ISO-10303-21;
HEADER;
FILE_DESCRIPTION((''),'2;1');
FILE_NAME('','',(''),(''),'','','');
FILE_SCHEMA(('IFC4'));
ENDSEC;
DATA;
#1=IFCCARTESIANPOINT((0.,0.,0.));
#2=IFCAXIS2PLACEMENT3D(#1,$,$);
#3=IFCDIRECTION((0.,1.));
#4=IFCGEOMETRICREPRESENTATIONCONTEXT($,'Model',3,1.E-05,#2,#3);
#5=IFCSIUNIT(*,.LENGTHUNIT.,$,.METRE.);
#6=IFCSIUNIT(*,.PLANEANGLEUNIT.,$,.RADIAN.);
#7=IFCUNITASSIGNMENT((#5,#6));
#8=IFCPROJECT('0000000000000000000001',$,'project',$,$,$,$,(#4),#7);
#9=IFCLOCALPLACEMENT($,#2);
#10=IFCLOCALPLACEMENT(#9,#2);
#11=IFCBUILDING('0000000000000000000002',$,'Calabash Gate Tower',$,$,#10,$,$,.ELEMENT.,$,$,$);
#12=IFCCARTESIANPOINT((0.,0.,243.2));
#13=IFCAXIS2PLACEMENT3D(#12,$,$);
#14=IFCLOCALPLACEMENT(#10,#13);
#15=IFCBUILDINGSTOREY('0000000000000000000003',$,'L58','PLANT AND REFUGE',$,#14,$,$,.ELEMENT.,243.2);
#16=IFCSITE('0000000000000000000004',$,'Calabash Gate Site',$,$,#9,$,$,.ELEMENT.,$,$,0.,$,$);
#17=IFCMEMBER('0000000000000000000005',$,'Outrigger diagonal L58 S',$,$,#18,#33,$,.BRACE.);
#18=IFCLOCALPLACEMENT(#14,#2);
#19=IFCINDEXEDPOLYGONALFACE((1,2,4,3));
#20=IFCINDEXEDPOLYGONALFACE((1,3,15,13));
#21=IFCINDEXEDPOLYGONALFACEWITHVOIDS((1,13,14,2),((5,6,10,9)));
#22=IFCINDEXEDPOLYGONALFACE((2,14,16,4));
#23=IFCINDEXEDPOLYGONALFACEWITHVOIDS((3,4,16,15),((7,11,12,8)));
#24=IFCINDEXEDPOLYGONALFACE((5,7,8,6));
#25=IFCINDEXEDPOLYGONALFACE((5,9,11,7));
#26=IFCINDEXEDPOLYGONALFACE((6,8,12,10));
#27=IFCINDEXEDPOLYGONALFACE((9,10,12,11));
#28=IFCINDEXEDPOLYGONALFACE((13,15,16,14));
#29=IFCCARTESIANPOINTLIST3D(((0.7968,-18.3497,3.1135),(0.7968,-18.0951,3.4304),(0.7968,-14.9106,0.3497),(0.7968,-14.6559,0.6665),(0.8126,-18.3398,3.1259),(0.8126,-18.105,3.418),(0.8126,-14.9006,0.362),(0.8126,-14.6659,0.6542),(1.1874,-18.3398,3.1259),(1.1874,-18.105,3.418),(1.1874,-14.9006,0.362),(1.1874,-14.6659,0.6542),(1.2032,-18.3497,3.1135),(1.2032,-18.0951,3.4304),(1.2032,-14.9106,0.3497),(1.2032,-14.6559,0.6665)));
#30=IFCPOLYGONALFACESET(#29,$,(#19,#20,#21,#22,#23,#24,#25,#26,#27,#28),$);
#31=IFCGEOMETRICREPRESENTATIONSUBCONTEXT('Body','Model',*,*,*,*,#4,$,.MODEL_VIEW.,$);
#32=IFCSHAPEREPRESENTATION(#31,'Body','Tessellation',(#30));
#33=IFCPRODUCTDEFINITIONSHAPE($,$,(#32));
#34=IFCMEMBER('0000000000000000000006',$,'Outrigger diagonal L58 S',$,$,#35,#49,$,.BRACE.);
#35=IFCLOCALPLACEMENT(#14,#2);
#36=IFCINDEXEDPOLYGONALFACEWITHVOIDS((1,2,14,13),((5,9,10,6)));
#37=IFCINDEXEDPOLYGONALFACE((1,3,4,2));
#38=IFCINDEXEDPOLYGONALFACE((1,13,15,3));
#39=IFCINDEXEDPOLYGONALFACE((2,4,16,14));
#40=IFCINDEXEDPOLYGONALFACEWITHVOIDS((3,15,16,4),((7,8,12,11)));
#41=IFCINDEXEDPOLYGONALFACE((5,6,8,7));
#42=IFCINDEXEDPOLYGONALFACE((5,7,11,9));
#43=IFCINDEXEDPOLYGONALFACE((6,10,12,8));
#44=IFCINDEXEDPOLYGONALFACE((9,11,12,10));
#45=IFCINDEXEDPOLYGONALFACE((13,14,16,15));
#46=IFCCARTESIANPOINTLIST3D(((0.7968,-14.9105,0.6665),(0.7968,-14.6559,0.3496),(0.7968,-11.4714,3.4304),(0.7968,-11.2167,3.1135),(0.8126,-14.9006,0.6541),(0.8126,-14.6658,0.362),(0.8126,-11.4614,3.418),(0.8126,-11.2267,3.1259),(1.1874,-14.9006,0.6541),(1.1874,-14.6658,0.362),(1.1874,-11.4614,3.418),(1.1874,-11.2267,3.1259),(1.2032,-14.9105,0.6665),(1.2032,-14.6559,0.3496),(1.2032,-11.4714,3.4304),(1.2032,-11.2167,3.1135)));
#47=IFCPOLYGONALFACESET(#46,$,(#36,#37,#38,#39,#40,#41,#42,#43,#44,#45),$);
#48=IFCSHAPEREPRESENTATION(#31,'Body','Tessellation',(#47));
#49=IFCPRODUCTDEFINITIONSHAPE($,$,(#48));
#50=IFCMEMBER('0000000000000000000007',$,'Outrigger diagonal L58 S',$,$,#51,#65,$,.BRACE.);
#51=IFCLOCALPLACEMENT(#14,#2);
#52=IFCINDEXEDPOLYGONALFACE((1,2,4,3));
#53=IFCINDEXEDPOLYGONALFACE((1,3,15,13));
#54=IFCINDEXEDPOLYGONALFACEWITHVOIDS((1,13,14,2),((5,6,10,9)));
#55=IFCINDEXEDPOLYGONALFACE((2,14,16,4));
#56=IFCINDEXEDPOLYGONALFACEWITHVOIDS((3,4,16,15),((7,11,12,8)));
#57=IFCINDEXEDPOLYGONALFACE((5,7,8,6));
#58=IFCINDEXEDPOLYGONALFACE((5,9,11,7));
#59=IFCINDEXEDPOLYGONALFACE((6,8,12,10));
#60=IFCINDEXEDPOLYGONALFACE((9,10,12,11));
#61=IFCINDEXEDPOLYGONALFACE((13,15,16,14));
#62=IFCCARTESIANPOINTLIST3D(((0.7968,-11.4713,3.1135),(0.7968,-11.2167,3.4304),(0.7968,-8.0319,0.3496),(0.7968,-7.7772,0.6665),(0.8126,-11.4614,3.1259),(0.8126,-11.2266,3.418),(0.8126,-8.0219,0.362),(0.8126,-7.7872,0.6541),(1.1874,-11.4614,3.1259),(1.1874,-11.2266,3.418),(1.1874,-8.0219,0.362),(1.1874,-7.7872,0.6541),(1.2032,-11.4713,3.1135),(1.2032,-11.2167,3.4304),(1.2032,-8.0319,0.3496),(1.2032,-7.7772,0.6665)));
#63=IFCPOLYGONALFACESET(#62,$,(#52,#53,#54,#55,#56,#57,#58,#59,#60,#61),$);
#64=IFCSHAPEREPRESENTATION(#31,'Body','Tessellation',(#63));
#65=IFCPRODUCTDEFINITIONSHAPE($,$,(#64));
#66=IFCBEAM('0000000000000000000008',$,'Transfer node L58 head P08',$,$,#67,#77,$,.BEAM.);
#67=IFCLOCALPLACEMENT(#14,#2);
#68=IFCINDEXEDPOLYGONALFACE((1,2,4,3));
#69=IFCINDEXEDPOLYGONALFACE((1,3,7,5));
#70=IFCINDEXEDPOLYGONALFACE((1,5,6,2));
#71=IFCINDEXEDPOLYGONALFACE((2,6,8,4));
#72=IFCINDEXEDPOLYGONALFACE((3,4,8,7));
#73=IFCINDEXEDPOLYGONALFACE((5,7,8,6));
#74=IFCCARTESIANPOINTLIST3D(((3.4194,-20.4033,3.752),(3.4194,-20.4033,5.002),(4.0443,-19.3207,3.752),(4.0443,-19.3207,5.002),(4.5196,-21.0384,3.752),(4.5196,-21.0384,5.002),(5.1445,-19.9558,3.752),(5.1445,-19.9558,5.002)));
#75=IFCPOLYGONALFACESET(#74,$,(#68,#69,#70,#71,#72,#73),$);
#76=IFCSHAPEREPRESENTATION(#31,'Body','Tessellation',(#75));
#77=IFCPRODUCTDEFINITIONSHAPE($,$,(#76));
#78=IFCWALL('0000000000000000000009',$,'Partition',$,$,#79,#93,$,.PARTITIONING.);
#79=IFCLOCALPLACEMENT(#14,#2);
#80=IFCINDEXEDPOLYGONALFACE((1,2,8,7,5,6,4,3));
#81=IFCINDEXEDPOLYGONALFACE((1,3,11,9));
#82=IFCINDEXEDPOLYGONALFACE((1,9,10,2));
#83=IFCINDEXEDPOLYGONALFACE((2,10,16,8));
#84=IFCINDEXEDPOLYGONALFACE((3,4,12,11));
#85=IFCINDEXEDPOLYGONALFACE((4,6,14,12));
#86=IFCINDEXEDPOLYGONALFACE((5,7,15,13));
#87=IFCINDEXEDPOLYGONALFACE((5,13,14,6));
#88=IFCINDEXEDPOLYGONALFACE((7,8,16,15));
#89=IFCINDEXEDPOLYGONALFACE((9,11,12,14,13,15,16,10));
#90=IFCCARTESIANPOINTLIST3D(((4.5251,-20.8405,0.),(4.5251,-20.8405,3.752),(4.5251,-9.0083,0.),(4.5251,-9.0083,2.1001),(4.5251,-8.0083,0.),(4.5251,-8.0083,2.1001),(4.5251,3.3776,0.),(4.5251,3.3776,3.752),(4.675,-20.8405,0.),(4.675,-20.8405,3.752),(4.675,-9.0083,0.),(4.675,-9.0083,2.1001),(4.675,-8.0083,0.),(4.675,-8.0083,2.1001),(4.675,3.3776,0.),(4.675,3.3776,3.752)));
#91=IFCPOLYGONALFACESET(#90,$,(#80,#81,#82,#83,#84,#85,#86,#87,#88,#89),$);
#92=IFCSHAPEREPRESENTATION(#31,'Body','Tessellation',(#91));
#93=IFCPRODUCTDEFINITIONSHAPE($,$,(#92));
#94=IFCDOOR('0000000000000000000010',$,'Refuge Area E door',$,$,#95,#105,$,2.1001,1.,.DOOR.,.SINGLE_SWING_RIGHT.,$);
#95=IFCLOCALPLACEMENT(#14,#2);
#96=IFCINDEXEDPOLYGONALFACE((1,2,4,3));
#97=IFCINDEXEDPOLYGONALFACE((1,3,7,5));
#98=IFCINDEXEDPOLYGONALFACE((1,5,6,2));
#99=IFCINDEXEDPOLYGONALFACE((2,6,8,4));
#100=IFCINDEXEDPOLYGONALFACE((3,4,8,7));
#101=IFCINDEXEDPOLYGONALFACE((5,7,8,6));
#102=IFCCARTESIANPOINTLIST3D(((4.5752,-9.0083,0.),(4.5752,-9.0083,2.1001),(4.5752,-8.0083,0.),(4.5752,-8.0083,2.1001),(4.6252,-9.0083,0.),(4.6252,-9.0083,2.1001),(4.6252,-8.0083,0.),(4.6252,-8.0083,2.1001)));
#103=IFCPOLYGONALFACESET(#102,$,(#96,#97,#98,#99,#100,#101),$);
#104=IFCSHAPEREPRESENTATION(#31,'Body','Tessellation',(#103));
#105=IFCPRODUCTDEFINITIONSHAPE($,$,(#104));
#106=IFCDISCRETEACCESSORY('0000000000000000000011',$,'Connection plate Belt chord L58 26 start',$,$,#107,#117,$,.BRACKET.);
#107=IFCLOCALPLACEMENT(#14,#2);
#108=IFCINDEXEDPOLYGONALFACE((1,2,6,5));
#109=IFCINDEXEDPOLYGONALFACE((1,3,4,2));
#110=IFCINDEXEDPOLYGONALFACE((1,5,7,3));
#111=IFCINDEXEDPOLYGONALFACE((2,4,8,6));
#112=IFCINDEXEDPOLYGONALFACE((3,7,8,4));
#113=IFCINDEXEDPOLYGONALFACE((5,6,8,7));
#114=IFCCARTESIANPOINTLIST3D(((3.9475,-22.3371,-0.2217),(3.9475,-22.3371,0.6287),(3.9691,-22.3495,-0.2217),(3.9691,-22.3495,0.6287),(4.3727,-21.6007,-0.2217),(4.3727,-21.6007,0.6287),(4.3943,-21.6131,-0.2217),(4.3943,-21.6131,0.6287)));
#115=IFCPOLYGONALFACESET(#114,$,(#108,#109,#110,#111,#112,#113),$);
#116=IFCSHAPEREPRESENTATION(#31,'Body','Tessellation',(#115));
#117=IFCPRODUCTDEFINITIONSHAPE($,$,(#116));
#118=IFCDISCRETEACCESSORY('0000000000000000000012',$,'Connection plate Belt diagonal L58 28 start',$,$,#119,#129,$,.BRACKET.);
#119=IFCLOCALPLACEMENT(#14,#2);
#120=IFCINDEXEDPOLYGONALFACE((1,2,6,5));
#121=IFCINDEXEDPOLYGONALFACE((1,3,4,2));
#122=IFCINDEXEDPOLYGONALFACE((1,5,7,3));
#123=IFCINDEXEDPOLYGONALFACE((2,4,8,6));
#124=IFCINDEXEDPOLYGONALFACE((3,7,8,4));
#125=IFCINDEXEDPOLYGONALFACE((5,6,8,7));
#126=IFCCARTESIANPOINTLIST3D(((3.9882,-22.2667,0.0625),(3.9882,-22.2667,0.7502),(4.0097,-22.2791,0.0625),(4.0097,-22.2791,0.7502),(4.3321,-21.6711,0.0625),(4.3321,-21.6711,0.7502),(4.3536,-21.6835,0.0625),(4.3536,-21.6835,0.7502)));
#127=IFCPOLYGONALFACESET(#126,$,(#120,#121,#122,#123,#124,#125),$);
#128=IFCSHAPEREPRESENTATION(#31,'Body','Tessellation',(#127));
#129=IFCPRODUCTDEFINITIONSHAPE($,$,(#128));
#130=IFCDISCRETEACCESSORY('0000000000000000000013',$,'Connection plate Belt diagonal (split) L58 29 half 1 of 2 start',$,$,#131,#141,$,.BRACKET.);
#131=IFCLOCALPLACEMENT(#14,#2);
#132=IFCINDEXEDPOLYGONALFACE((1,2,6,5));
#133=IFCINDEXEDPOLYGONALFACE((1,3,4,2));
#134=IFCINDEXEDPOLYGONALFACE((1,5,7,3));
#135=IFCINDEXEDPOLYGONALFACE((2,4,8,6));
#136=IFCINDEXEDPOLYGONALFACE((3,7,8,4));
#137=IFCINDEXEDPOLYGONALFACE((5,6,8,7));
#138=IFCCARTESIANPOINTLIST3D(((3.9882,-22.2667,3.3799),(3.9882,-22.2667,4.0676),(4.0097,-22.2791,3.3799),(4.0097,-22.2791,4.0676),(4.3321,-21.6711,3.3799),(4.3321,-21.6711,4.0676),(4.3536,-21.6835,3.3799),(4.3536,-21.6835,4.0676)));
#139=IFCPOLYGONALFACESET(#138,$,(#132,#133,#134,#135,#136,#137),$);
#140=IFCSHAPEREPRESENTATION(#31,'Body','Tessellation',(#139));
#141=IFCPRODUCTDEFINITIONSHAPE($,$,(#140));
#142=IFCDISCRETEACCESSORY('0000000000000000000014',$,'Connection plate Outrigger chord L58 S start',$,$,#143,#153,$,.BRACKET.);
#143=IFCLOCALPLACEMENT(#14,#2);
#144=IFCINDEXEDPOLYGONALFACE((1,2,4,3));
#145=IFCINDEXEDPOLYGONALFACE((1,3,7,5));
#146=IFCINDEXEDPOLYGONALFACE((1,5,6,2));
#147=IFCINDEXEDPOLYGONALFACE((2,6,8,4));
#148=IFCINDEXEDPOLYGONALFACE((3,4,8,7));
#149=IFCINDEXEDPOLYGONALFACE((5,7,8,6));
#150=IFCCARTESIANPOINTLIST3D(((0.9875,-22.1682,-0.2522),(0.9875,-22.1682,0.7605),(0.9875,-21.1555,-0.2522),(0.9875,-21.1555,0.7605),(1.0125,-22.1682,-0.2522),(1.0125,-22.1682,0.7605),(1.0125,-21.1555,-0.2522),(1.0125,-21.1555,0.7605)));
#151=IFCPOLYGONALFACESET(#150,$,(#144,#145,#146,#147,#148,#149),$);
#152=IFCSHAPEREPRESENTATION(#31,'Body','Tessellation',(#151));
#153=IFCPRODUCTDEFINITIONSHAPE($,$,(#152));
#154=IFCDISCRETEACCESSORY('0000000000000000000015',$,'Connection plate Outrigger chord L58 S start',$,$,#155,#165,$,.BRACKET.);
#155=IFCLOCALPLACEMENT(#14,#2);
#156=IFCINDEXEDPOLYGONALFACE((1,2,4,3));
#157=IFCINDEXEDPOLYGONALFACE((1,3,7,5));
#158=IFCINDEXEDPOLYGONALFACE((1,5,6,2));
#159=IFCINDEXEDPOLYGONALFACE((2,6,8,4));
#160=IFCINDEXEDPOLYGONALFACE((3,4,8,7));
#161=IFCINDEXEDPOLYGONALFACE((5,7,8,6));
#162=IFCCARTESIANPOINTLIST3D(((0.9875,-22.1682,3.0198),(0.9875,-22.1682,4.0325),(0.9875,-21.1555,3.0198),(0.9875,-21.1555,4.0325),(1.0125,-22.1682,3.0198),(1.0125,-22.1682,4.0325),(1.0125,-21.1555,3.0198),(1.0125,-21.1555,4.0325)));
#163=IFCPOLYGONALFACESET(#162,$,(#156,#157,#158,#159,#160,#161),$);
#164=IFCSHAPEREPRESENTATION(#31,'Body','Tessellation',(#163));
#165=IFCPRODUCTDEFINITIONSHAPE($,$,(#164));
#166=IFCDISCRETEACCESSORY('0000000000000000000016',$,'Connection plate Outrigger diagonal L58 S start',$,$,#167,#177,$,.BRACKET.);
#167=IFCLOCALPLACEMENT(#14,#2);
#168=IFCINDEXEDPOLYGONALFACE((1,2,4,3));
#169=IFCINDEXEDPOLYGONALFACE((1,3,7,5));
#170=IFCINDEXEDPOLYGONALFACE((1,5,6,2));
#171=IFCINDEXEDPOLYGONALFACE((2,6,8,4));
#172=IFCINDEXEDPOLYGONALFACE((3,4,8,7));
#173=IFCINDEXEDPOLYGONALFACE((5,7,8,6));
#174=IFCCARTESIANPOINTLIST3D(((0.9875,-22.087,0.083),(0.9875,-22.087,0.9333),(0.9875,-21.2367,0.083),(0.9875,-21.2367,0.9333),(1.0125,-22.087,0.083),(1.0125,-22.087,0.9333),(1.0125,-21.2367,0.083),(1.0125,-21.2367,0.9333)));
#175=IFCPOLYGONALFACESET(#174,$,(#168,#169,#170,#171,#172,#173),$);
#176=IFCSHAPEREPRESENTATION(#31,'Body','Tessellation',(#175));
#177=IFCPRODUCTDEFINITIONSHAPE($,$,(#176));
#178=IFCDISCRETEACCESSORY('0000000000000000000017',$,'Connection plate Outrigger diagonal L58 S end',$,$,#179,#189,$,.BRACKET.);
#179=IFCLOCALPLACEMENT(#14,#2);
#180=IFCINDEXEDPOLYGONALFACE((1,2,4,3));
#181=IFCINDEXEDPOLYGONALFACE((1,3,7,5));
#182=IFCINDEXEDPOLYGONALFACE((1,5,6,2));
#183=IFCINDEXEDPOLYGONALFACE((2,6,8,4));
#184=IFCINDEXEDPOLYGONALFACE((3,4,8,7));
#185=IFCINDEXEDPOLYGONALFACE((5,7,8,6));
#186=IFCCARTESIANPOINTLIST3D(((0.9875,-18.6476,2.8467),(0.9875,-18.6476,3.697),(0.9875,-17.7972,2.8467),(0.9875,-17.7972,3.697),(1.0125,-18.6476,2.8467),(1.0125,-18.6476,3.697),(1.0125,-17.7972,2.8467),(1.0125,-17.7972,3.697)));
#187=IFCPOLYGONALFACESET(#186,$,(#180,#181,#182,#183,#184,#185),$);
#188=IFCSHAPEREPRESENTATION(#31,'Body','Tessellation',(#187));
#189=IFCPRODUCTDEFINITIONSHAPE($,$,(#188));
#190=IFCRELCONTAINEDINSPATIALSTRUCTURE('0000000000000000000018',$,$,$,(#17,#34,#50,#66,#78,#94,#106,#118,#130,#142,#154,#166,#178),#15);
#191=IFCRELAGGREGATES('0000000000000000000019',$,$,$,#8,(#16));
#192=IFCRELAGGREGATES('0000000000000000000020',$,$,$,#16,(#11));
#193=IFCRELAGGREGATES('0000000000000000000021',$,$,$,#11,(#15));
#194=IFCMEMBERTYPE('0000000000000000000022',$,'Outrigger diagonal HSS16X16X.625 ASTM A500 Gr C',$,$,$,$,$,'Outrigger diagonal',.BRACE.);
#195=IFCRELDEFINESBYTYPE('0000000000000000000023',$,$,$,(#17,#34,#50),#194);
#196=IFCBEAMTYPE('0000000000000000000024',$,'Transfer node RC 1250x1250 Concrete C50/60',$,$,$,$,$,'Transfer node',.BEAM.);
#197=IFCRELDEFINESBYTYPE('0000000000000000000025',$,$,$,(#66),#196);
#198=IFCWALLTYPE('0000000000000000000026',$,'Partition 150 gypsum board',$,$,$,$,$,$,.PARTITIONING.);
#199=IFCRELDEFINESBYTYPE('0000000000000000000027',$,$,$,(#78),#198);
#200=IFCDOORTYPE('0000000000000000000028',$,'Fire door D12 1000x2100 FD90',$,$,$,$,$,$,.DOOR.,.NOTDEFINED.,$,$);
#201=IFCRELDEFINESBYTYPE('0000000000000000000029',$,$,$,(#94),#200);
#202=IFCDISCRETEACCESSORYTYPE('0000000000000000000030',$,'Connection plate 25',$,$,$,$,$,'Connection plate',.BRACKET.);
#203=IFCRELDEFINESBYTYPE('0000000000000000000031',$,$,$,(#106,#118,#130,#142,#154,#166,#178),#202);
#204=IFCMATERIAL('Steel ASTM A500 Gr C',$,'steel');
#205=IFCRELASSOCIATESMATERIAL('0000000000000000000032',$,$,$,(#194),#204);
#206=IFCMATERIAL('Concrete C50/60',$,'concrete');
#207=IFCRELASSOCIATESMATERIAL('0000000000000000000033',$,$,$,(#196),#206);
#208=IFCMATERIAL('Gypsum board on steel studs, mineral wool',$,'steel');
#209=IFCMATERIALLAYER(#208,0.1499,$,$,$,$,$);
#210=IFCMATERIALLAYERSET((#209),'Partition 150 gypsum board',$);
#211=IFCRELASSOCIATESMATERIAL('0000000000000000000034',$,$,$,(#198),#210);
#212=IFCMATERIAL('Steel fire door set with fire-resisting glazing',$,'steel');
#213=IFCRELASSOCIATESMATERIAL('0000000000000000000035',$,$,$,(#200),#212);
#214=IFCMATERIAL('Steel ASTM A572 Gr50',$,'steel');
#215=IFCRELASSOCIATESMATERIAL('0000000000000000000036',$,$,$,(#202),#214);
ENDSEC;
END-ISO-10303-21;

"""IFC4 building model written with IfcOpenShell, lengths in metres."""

from ifc_helpers import new_model, si_unit, direction, frame, frame_2d, origin, origin_2d, place, context, subcontext, project, spatial, rectangle, hollow_rectangle, extrude, material, layer, layer_set, material_profile, profile_set, type_object, element, fill, save


model = new_model("IFC4")

# Units and contexts
model_context = context("Model", 3, precision=1e-05, world=origin(), true_north=direction((0.0, 1.0)))
body_context = subcontext(model_context, "Body", "Model", "MODEL_VIEW")
ifc_project = project(units=[si_unit("LENGTHUNIT", "METRE"), si_unit("PLANEANGLEUNIT", "RADIAN")], contexts=[model_context])

# Site, building, storey
site_placement = place(None, origin())
site = spatial("IfcSite", under=ifc_project, at=site_placement, Name="Calabash Gate Site", CompositionType="ELEMENT", RefElevation=0.0)
building_placement = place(site_placement, origin())
building = spatial("IfcBuilding", under=site, at=building_placement, Name="Calabash Gate Tower", CompositionType="ELEMENT")
storey_placement = place(building_placement, frame((0.0, 0.0, 243.2)))
storey = spatial("IfcBuildingStorey", under=building, at=storey_placement, Name="L58", Description="PLANT AND REFUGE", CompositionType="ELEMENT", Elevation=243.2)

# Members
ifc_material_1 = material(Name="Steel ASTM A500 Gr C", Category="steel")
ifc_material_profile_1 = material_profile(ifc_material_1, hollow_rectangle(XDim=0.4065, YDim=0.4065, WallThickness=0.0159, at=origin_2d()))
ifc_profile_set_1 = profile_set([ifc_material_profile_1], Name="Steel ASTM A500 Gr C")
member_type_1 = type_object("IfcMemberType", Name="Outrigger diagonal HSS16X16X.625 ASTM A500 Gr C", ElementType="Outrigger diagonal", PredefinedType="BRACE", material=ifc_profile_set_1)
for number, where, z_axis, x_axis, name in (
    (1, (1.0, -18.2224, 3.272), (0.0, 0.77948, -0.626428), (-1.0, 0.0, 0.0), "Outrigger diagonal L58 S"),
    (2, (1.0, -14.7832, 0.5081), (0.0, 0.77948, 0.626428), (-1.0, 0.0, 0.0), "Outrigger diagonal L58 S"),
):
    element("IfcMember", number, at=place(storey_placement, frame(where, z_axis=z_axis, x_axis=x_axis)), inside=storey, type_object=member_type_1, Name=name, PredefinedType="BRACE", context=body_context, shape_type="SweptSolid", body=[
        extrude(hollow_rectangle(XDim=0.4065, YDim=0.4065, WallThickness=0.0159, at=origin_2d()), origin(), (0.0, 0.0, 1.0), 4.4121),
    ])
member_1_placement = place(storey_placement, frame((1.0, -11.344, 3.272), z_axis=(0.0, 0.779501, -0.626401), x_axis=(-1.0, 0.0, 0.0)))
element("IfcMember", 3, at=member_1_placement, inside=storey, type_object=member_type_1, Name="Outrigger diagonal L58 S", PredefinedType="BRACE", context=body_context, shape_type="SweptSolid", body=[
    extrude(hollow_rectangle(XDim=0.4065, YDim=0.4065, WallThickness=0.0159, at=origin_2d()), origin(), (0.0, 0.0, 1.0), 4.4124),
])

# Beam
ifc_material_2 = material(Name="Concrete C50/60", Category="concrete")
ifc_material_profile_2 = material_profile(ifc_material_2, rectangle(XDim=1.25, YDim=1.25, at=origin_2d()))
ifc_profile_set_2 = profile_set([ifc_material_profile_2], Name="Concrete C50/60")
beam_type_1 = type_object("IfcBeamType", Name="Transfer node RC 1250x1250 Concrete C50/60", ElementType="Transfer node", PredefinedType="BEAM", material=ifc_profile_set_2)
beam_1_placement = place(storey_placement, frame((4.832, -20.4971, 4.377), z_axis=(-0.86607, 0.499922, 0.0), x_axis=(-0.499922, -0.86607, 0.0)))
element("IfcBeam", 4, at=beam_1_placement, inside=storey, type_object=beam_type_1, Name="Transfer node L58 head P08", PredefinedType="BEAM", context=body_context, shape_type="SweptSolid", body=[
    extrude(rectangle(XDim=1.25, YDim=1.25, at=origin_2d()), origin(), (0.0, 0.0, 1.0), 1.2703),
])

# Wall, opening, door
ifc_material_3 = material(Name="Gypsum board on steel studs, mineral wool", Category="steel")
ifc_layer = layer(ifc_material_3, 0.1499)
ifc_layer_set = layer_set([ifc_layer], Name="Partition 150 gypsum board")
wall_type = type_object("IfcWallType", Name="Partition 150 gypsum board", PredefinedType="PARTITIONING", material=ifc_layer_set)
wall_placement = place(storey_placement, frame((4.6001, -20.8403, 0.0), z_axis=(0.0, 0.0, 1.0), x_axis=(0.0, 1.0, 0.0)))
wall = element("IfcWall", 5, at=wall_placement, inside=storey, type_object=wall_type, Name="Partition", PredefinedType="PARTITIONING", context=body_context, shape_type="SweptSolid", body=[
    extrude(rectangle(XDim=24.218, YDim=0.1499, at=frame_2d((12.1089, 0.0))), origin(), (0.0, 0.0, 1.0), 3.752),
])
opening_placement = place(wall_placement, frame((11.832, 0.0, 0.0)))
opening = element("IfcOpeningElement", 6, at=opening_placement, cuts=wall, PredefinedType="OPENING", context=body_context, shape_type="SweptSolid", body=[
    extrude(rectangle(XDim=1.0, YDim=2.1001, at=frame_2d((0.5, 1.05))), frame((0.0, 0.085, 0.0), z_axis=(0.0, -1.0, 0.0), x_axis=(1.0, 0.0, 0.0)), (0.0, 0.0, 1.0), 0.1699),
])
ifc_material_4 = material(Name="Steel fire door set with fire-resisting glazing", Category="steel")
door_type = type_object("IfcDoorType", Name="Fire door D12 1000x2100 FD90", OperationType="NOTDEFINED", PredefinedType="DOOR", material=ifc_material_4)
door_placement = place(opening_placement, origin())
door = element("IfcDoor", 7, at=door_placement, inside=storey, type_object=door_type, Name="Refuge Area E door", OperationType="SINGLE_SWING_RIGHT", OverallHeight=2.1001, OverallWidth=1.0, PredefinedType="DOOR", context=body_context, shape_type="SweptSolid", body=[
    extrude(rectangle(XDim=1.0, YDim=2.1001, at=frame_2d((0.5, 1.05))), frame((0.0, 0.0249, 0.0), z_axis=(0.0, -1.0, 0.0), x_axis=(1.0, 0.0, 0.0)), (0.0, 0.0, 1.0), 0.05),
])
fill(opening, door)

# Discrete accessories
ifc_material_5 = material(Name="Steel ASTM A572 Gr50", Category="steel")
discrete_accessory_type = type_object("IfcDiscreteAccessoryType", Name="Connection plate 25", ElementType="Connection plate", PredefinedType="BRACKET", material=ifc_material_5)
discrete_accessory_placement = place(storey_placement, frame((4.1709, -21.9751, -0.2217), z_axis=(0.0, 0.0, 1.0), x_axis=(0.5, 0.866025, 0.0)))
element("IfcDiscreteAccessory", 8, at=discrete_accessory_placement, inside=storey, type_object=discrete_accessory_type, Name="Connection plate Belt chord L58 26 start", PredefinedType="BRACKET", context=body_context, shape_type="SweptSolid", body=[
    extrude(rectangle(XDim=0.8503, YDim=0.0249, at=origin_2d()), origin(), (0.0, 0.0, 1.0), 0.8503),
])
for number, where, z_axis, x_axis, name in (
    (9, (4.1709, -21.9751, 0.0625), (0.0, 0.0, 1.0), (0.5, 0.866025, 0.0), "Connection plate Belt diagonal L58 28 start"),
    (10, (4.1709, -21.9751, 3.3799), (0.0, 0.0, 1.0), (0.5, 0.866025, 0.0), "Connection plate Belt diagonal (split) L58 29 half 1 of 2 start"),
):
    element("IfcDiscreteAccessory", number, at=place(storey_placement, frame(where, z_axis=z_axis, x_axis=x_axis)), inside=storey, type_object=discrete_accessory_type, Name=name, PredefinedType="BRACKET", context=body_context, shape_type="SweptSolid", body=[
        extrude(rectangle(XDim=0.6877, YDim=0.0249, at=origin_2d()), origin(), (0.0, 0.0, 1.0), 0.6877),
    ])
for number, where, z_axis, x_axis, name in (
    (11, (1.0, -21.6619, -0.2522), (0.0, 0.0, 1.0), (0.0, 1.0, 0.0), "Connection plate Outrigger chord L58 S start"),
    (12, (1.0, -21.6619, 3.0198), (0.0, 0.0, 1.0), (0.0, 1.0, 0.0), "Connection plate Outrigger chord L58 S start"),
):
    element("IfcDiscreteAccessory", number, at=place(storey_placement, frame(where, z_axis=z_axis, x_axis=x_axis)), inside=storey, type_object=discrete_accessory_type, Name=name, PredefinedType="BRACKET", context=body_context, shape_type="SweptSolid", body=[
        extrude(rectangle(XDim=1.0127, YDim=0.0249, at=origin_2d()), origin(), (0.0, 0.0, 1.0), 1.0127),
    ])
for number, where, z_axis, x_axis, name in (
    (13, (1.0, -21.6619, 0.083), (0.0, 0.0, 1.0), (0.0, 1.0, 0.0), "Connection plate Outrigger diagonal L58 S start"),
    (14, (1.0, -18.2224, 2.8467), (0.0, 0.0, 1.0), (0.0, 1.0, 0.0), "Connection plate Outrigger diagonal L58 S end"),
):
    element("IfcDiscreteAccessory", number, at=place(storey_placement, frame(where, z_axis=z_axis, x_axis=x_axis)), inside=storey, type_object=discrete_accessory_type, Name=name, PredefinedType="BRACKET", context=body_context, shape_type="SweptSolid", body=[
        extrude(rectangle(XDim=0.8503, YDim=0.0249, at=origin_2d()), origin(), (0.0, 0.0, 1.0), 0.8503),
    ])

save(model, "model.ifc")
